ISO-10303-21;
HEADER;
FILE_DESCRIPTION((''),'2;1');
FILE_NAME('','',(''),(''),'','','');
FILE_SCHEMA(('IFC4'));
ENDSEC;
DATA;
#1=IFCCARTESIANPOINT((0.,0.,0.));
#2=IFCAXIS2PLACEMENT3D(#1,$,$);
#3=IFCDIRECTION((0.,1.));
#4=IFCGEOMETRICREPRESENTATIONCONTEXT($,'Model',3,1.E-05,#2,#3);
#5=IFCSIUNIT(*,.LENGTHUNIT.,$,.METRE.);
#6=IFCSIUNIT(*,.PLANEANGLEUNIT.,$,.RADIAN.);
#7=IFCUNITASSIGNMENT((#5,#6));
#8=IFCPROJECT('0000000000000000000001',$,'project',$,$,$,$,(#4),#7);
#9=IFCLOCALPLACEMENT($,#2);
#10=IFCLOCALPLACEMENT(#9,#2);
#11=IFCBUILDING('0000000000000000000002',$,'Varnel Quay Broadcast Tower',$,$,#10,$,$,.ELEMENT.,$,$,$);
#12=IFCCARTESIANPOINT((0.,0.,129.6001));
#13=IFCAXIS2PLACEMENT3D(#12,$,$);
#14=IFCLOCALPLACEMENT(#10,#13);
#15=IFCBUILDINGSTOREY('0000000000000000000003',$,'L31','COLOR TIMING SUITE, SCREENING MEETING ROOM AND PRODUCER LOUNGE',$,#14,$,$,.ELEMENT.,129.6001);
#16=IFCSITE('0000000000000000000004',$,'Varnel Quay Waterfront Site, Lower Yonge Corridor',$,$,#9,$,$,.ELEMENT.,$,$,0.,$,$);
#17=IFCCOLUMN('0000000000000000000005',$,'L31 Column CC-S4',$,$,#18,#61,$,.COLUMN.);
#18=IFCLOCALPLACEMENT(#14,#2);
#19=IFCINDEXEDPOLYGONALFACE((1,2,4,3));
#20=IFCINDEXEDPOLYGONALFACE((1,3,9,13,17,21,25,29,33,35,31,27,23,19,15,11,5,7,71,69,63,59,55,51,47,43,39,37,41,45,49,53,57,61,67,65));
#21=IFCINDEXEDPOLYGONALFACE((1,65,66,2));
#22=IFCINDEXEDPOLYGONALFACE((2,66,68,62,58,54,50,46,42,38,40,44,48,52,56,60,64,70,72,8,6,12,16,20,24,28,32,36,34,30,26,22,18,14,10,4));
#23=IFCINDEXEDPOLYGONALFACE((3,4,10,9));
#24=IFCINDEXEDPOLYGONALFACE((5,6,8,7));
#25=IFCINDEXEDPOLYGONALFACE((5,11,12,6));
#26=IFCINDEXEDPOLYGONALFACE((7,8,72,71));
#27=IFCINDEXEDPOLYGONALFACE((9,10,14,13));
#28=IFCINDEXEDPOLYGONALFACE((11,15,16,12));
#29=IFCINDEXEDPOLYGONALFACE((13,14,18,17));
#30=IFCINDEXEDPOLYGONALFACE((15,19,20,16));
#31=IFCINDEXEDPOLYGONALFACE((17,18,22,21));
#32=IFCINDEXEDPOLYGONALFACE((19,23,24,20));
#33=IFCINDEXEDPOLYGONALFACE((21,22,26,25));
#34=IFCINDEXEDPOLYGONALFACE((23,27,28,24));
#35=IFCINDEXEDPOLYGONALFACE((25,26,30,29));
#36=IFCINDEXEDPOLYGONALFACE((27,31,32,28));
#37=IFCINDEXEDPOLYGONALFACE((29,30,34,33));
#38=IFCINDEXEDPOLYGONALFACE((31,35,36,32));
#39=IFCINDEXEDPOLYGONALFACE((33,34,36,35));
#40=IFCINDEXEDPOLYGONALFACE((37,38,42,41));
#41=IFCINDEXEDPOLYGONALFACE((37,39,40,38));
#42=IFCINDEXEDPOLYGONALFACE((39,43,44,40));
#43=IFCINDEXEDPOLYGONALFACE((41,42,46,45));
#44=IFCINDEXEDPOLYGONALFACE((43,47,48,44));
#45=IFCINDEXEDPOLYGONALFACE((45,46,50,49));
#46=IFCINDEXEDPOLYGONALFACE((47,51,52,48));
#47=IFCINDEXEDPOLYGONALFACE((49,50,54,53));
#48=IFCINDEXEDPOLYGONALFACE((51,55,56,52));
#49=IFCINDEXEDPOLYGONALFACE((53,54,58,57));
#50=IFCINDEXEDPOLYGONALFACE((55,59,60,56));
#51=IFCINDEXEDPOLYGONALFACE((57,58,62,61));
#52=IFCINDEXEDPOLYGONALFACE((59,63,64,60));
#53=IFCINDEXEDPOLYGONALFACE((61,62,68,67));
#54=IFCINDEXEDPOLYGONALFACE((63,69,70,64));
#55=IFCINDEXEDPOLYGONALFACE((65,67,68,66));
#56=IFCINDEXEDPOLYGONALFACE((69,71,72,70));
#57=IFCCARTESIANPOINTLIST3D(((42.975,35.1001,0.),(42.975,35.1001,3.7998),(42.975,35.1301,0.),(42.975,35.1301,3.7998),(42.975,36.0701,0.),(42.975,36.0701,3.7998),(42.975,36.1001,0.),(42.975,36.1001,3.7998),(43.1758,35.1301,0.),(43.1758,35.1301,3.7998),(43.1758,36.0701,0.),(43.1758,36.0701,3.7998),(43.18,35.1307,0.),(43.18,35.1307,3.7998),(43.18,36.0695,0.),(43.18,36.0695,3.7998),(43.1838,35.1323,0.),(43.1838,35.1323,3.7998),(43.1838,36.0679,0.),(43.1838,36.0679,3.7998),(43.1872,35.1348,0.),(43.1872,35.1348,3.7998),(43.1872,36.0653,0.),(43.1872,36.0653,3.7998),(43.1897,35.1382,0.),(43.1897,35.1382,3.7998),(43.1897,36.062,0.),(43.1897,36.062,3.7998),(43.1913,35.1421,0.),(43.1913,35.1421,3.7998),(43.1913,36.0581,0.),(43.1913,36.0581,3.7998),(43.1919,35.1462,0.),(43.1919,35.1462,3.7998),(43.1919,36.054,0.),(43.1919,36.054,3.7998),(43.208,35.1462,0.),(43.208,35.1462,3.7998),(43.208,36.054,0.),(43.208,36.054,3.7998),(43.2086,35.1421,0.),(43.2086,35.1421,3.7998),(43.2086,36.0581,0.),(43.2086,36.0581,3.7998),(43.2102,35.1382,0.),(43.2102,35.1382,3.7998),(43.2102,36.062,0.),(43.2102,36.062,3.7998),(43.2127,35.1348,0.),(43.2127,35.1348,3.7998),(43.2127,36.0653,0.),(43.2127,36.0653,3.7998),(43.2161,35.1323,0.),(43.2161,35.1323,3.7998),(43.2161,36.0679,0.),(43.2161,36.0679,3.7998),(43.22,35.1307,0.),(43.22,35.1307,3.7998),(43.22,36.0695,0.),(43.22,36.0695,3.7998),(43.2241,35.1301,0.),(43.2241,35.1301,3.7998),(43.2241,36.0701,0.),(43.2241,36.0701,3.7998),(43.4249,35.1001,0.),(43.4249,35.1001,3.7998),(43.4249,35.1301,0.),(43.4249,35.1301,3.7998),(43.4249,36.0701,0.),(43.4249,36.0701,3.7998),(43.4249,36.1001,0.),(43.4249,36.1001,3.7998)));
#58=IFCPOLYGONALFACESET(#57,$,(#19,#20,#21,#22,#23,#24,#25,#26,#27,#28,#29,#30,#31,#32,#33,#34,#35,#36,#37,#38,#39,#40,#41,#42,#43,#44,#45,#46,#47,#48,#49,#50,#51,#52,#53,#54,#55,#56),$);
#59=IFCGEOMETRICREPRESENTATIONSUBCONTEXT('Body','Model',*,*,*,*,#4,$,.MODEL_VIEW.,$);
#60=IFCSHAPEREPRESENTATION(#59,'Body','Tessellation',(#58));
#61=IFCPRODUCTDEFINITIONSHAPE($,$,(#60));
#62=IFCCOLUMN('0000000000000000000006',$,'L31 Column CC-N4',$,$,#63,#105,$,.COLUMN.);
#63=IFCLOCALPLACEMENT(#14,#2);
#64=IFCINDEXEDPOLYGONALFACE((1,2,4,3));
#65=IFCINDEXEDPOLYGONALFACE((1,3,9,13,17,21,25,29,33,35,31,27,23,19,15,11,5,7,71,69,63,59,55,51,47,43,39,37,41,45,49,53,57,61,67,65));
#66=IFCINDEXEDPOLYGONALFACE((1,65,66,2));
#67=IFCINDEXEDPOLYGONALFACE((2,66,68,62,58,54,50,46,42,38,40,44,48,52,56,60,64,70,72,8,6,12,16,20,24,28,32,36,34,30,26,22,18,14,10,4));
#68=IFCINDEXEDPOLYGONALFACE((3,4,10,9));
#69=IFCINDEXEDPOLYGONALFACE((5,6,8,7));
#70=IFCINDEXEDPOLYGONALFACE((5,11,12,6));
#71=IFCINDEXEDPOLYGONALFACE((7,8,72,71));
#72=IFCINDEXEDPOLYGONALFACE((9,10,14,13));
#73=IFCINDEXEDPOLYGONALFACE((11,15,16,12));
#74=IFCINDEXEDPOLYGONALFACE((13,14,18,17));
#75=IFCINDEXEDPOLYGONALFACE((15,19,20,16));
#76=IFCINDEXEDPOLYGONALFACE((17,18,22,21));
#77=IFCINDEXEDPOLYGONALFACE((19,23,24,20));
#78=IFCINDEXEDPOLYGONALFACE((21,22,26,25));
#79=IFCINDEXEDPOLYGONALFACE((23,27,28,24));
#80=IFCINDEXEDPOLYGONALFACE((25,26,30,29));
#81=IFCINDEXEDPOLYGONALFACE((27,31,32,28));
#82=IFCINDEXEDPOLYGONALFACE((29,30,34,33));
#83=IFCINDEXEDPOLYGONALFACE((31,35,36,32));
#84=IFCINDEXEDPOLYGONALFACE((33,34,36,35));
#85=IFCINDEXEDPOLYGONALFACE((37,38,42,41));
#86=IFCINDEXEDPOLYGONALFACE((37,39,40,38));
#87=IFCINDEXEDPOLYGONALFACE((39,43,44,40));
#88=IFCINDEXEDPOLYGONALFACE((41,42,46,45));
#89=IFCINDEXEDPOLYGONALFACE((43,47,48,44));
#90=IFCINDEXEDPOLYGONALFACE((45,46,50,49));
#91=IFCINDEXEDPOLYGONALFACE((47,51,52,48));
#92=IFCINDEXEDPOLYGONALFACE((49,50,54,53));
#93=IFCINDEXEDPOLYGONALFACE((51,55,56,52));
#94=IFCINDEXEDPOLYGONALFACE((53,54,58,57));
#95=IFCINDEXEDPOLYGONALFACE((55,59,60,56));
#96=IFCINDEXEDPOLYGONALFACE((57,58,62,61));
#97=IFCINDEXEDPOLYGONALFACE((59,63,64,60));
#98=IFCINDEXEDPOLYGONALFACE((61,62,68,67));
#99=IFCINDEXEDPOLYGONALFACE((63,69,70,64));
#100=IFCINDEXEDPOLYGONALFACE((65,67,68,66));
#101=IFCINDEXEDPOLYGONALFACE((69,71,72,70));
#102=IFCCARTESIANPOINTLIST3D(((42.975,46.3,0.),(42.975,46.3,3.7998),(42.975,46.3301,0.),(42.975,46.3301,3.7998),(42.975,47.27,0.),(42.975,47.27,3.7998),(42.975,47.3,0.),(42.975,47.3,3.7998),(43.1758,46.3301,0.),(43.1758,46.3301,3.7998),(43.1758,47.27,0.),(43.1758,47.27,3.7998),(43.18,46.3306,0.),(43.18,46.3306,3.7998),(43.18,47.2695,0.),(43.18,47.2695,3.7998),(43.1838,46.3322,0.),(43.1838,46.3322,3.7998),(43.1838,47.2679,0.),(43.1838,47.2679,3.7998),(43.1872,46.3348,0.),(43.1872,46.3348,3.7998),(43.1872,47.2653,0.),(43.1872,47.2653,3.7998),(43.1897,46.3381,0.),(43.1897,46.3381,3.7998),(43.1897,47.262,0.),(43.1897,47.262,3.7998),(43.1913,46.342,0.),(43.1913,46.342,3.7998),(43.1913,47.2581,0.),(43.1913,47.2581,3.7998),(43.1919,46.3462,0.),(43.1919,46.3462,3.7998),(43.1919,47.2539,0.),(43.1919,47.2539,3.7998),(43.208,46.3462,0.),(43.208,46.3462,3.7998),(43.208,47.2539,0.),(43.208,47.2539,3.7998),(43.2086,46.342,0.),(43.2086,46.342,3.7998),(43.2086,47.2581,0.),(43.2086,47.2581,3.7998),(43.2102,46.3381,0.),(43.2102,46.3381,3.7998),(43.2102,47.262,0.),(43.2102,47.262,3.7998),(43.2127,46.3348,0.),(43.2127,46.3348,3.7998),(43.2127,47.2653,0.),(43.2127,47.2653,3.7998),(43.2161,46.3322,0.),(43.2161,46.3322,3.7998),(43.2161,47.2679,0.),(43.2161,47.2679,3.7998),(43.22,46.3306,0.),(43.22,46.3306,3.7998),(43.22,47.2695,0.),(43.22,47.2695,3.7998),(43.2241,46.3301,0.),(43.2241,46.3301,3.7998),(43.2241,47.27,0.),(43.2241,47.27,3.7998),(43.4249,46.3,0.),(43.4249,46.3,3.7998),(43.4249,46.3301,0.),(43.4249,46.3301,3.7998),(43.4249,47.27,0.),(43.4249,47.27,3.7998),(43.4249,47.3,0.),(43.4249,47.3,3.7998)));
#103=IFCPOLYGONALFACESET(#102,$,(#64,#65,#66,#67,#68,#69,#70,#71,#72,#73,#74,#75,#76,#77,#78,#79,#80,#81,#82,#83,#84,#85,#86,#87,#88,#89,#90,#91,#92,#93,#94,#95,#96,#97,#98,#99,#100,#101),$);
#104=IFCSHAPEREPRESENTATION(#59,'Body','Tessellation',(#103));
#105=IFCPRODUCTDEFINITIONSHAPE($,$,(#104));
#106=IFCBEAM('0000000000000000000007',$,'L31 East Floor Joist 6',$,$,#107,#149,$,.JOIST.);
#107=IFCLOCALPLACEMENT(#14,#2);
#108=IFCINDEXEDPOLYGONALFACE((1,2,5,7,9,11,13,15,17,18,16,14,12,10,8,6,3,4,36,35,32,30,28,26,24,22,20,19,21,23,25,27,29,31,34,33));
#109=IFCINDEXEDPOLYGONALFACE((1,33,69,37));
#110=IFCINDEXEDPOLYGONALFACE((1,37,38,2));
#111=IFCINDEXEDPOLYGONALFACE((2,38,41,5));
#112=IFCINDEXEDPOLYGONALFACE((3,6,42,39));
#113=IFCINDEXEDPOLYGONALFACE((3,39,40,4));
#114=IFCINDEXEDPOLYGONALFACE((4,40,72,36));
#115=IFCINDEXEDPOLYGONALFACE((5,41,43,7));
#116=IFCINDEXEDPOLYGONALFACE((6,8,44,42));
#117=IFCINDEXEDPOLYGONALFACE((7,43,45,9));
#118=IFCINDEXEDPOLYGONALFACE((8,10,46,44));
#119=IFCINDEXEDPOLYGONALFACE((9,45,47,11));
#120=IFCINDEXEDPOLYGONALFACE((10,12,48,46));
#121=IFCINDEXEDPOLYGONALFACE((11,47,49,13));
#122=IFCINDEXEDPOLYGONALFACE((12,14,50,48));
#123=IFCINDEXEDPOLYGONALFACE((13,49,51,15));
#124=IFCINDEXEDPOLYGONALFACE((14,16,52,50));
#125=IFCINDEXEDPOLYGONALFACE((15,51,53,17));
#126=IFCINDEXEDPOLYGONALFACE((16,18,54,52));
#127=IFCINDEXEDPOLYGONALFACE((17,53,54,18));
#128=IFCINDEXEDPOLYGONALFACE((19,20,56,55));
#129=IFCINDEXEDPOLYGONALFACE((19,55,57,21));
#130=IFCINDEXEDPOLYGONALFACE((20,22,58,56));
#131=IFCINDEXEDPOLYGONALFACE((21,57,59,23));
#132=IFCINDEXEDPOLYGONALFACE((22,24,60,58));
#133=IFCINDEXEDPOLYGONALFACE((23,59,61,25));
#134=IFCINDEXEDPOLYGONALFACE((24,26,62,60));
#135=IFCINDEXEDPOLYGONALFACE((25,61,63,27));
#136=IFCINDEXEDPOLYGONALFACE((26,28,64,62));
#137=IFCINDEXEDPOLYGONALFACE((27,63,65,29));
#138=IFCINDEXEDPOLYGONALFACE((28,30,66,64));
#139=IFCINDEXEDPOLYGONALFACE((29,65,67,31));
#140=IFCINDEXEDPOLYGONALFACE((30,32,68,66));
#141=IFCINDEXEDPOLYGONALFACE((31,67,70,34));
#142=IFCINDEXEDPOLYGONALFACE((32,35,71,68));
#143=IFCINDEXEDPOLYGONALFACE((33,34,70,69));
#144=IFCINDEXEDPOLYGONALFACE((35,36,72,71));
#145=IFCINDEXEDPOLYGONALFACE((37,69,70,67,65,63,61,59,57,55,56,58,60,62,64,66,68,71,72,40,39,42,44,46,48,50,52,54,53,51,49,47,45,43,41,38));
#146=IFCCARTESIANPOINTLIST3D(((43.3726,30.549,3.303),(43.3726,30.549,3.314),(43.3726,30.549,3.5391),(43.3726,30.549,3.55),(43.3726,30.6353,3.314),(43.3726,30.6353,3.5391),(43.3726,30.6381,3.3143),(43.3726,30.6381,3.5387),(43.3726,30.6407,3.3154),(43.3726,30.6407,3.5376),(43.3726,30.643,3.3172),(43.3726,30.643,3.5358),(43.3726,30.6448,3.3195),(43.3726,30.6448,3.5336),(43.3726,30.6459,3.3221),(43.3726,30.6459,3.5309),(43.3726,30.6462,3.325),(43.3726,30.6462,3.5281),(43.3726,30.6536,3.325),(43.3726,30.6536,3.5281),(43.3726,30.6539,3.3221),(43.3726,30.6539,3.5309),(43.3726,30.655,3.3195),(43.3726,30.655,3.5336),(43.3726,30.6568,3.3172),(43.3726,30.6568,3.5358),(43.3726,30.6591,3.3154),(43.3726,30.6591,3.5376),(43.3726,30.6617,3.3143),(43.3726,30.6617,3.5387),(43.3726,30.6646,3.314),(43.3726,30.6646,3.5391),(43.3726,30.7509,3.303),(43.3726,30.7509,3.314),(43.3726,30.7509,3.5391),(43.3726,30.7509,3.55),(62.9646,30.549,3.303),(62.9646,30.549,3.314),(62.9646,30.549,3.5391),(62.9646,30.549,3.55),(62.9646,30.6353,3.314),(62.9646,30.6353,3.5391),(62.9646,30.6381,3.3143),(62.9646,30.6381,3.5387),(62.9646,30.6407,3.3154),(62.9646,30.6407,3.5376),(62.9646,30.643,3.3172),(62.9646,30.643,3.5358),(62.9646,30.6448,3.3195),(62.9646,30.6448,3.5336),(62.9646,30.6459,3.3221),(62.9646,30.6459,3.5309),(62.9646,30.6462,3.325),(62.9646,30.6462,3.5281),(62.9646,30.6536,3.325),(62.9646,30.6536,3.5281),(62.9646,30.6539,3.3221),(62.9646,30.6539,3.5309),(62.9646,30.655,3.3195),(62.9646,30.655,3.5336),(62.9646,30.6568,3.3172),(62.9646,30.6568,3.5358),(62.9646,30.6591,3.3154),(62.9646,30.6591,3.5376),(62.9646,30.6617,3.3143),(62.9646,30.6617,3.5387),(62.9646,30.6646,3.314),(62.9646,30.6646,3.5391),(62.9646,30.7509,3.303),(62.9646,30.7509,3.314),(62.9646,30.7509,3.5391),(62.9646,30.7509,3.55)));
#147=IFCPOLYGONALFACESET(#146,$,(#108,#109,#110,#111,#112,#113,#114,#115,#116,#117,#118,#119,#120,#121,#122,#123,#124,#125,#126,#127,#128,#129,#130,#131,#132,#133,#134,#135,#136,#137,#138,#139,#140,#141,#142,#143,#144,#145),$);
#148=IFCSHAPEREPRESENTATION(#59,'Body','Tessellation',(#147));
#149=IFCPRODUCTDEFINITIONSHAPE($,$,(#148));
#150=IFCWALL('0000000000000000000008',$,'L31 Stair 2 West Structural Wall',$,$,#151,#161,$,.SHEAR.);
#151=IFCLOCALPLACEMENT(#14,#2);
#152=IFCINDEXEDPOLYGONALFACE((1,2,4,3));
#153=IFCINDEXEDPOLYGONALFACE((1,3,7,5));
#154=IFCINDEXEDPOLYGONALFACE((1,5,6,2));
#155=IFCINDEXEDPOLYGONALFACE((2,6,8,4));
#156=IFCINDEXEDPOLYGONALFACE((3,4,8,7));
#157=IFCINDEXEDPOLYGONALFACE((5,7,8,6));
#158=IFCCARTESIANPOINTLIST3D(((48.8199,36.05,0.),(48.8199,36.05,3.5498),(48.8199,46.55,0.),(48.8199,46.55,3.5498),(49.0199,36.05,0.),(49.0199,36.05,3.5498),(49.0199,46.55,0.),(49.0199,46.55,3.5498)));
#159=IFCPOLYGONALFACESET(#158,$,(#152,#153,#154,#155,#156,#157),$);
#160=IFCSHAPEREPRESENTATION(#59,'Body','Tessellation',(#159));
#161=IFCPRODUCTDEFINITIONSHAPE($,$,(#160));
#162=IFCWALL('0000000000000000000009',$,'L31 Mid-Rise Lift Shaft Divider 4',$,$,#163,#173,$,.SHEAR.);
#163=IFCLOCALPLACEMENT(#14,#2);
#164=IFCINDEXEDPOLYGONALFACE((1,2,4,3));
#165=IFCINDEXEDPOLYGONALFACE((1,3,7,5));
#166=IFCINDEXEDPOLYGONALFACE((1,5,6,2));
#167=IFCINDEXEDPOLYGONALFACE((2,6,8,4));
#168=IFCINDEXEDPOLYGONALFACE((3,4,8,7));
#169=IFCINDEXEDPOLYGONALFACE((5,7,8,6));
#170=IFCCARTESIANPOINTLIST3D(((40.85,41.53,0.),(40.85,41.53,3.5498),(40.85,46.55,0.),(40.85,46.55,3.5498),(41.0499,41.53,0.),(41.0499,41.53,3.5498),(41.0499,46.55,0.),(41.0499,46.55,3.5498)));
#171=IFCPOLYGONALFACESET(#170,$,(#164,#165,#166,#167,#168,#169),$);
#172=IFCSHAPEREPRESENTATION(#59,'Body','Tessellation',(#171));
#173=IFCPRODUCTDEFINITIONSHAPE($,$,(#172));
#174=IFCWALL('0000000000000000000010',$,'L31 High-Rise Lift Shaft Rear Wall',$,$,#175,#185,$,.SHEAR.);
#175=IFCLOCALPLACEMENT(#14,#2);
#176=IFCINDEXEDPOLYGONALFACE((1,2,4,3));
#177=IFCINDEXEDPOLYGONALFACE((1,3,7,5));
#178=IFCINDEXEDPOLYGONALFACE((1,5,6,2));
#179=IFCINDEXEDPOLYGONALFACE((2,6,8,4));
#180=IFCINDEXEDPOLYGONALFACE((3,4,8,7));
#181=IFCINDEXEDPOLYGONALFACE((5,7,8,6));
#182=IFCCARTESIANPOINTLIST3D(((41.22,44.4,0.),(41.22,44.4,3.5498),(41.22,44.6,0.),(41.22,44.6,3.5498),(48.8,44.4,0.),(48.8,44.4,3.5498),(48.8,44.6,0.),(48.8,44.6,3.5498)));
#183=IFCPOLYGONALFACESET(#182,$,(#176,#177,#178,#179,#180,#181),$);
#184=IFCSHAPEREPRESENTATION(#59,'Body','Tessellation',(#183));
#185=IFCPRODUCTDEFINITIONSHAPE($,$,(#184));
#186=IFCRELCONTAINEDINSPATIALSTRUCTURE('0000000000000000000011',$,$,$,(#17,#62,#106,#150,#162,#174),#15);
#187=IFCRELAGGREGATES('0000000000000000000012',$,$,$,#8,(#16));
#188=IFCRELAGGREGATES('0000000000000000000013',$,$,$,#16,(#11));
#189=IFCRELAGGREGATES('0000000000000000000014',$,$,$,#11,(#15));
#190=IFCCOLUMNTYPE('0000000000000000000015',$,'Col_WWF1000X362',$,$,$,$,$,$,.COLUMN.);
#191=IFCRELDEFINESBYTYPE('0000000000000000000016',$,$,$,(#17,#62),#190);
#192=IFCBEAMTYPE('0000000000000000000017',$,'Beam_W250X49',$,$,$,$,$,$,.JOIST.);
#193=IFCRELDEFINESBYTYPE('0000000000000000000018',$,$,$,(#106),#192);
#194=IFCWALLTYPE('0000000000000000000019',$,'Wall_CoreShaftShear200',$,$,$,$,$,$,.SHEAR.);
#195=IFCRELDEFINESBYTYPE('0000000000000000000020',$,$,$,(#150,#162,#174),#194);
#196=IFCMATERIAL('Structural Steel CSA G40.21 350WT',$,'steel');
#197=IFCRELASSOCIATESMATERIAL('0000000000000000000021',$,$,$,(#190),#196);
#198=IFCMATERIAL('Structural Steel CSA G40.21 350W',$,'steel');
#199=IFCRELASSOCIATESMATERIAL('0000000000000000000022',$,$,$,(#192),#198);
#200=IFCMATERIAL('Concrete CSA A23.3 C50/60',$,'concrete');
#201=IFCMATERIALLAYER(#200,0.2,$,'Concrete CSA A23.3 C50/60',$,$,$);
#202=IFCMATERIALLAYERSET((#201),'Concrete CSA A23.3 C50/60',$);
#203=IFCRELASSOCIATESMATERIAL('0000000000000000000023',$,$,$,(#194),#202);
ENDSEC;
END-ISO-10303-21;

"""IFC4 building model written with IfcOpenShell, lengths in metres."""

from ifc_helpers import new_model, si_unit, direction, frame, frame_2d, origin, origin_2d, place, context, subcontext, project, spatial, rectangle, i_section, extrude, source, transform, mapped, material, layer, layer_set, material_profile, profile_set, type_object, type_shapes, element, save


model = new_model("IFC4")

# Units and contexts
model_context = context("Model", 3, precision=1e-05, world=origin(), true_north=direction((0.0, 1.0)))
body_context = subcontext(model_context, "Body", "Model", "MODEL_VIEW")
ifc_project = project(units=[si_unit("LENGTHUNIT", "METRE"), si_unit("PLANEANGLEUNIT", "RADIAN")], contexts=[model_context])

# Site, building, storey
site_placement = place(None, origin())
site = spatial("IfcSite", under=ifc_project, at=site_placement, Name="Varnel Quay Waterfront Site, Lower Yonge Corridor", CompositionType="ELEMENT", RefElevation=0.0)
building_placement = place(site_placement, origin())
building = spatial("IfcBuilding", under=site, at=building_placement, Name="Varnel Quay Broadcast Tower", CompositionType="ELEMENT")
storey_placement = place(building_placement, frame((0.0, 0.0, 129.6001)))
storey = spatial("IfcBuildingStorey", under=building, at=storey_placement, Name="L31", Description="COLOR TIMING SUITE, SCREENING MEETING ROOM AND PRODUCER LOUNGE", CompositionType="ELEMENT", Elevation=129.6001)

# Columns
ifc_material_1 = material(Name="Structural Steel CSA G40.21 350WT", Category="steel")
ifc_material_profile_1 = material_profile(ifc_material_1, i_section(OverallWidth=0.45, OverallDepth=1.0, WebThickness=0.0161, FlangeThickness=0.03, FilletRadius=0.0161, at=origin_2d()), Name="WWF1000X362")
ifc_profile_set_1 = profile_set([ifc_material_profile_1], Name="Structural Steel CSA G40.21 350WT")
column_type = type_object("IfcColumnType", Name="Col_WWF1000X362", PredefinedType="COLUMN", material=ifc_profile_set_1)
shared_shape_1 = source(origin(), body_context, "Body", "SweptSolid", [
    extrude(i_section(OverallWidth=0.45, OverallDepth=1.0, WebThickness=0.0161, FlangeThickness=0.03, FilletRadius=0.0161, at=origin_2d()), origin(), (0.0, 0.0, 1.0), 3.7998),
])
type_shapes(column_type, [shared_shape_1])
for number, where, z_axis, x_axis, name in (
    (1, (43.2, 35.6001, 0.0), (0.0, 0.0, 1.0), (1.0, 0.0, 0.0), "L31 Column CC-S4"),
    (2, (43.2, 46.8, 0.0), (0.0, 0.0, 1.0), (1.0, 0.0, 0.0), "L31 Column CC-N4"),
):
    element("IfcColumn", number, at=place(storey_placement, frame(where, z_axis=z_axis, x_axis=x_axis)), inside=storey, type_object=column_type, Name=name, PredefinedType="COLUMN", context=body_context, shape_type="MappedRepresentation", body=[
        mapped(shared_shape_1, transform((0.0, 0.0, 0.0), x_axis=(1.0, 0.0, 0.0), y_axis=(0.0, 1.0, 0.0), z_axis=(0.0, 0.0, 1.0), scale=1.0)),
    ])

# Beam
ifc_material_2 = material(Name="Structural Steel CSA G40.21 350W", Category="steel")
ifc_material_profile_2 = material_profile(ifc_material_2, i_section(OverallWidth=0.2019, OverallDepth=0.2471, WebThickness=0.0073, FlangeThickness=0.011, FilletRadius=0.011, at=origin_2d()), Name="W250X49")
ifc_profile_set_2 = profile_set([ifc_material_profile_2], Name="Structural Steel CSA G40.21 350W")
beam_type = type_object("IfcBeamType", Name="Beam_W250X49", PredefinedType="JOIST", material=ifc_profile_set_2)
shared_shape_2 = source(origin(), body_context, "Body", "SweptSolid", [
    extrude(i_section(OverallWidth=0.2019, OverallDepth=0.2471, WebThickness=0.0073, FlangeThickness=0.011, FilletRadius=0.011, at=origin_2d()), origin(), (0.0, 0.0, 1.0), 19.592),
])
type_shapes(beam_type, [shared_shape_2])
beam_placement = place(storey_placement, frame((43.3726, 30.6499, 3.4265), z_axis=(1.0, 0.0, 0.0), x_axis=(0.0, 1.0, 0.0)))
element("IfcBeam", 3, at=beam_placement, inside=storey, type_object=beam_type, Name="L31 East Floor Joist 6", PredefinedType="JOIST", context=body_context, shape_type="MappedRepresentation", body=[
    mapped(shared_shape_2, transform((0.0, 0.0, 0.0), x_axis=(1.0, 0.0, 0.0), y_axis=(0.0, 1.0, 0.0), z_axis=(0.0, 0.0, 1.0), scale=1.0)),
])

# Walls
ifc_material_3 = material(Name="Concrete CSA A23.3 C50/60", Category="concrete")
ifc_layer_1 = layer(ifc_material_3, 0.2, Name="Concrete CSA A23.3 C50/60")
ifc_layer_set_1 = layer_set([ifc_layer_1], Name="Concrete CSA A23.3 C50/60")
wall_type_1 = type_object("IfcWallType", Name="Wall_CoreShaftShear200", PredefinedType="SHEAR", material=ifc_layer_set_1)
wall_1_placement = place(storey_placement, frame((48.9199, 36.05, 0.0), z_axis=(0.0, 0.0, 1.0), x_axis=(0.0, 1.0, 0.0)))
element("IfcWall", 4, at=wall_1_placement, inside=storey, type_object=wall_type_1, Name="L31 Stair 2 West Structural Wall", PredefinedType="SHEAR", context=body_context, shape_type="SweptSolid", body=[
    extrude(rectangle(XDim=10.5, YDim=0.2, at=frame_2d((5.25, 0.0))), origin(), (0.0, 0.0, 1.0), 3.5498),
])
wall_2_placement = place(storey_placement, frame((40.95, 41.53, 0.0), z_axis=(0.0, 0.0, 1.0), x_axis=(0.0, 1.0, 0.0)))
element("IfcWall", 5, at=wall_2_placement, inside=storey, type_object=wall_type_1, Name="L31 Mid-Rise Lift Shaft Divider 4", PredefinedType="SHEAR", context=body_context, shape_type="SweptSolid", body=[
    extrude(rectangle(XDim=5.02, YDim=0.2, at=frame_2d((2.51, 0.0))), origin(), (0.0, 0.0, 1.0), 3.5498),
])
wall_3_placement = place(storey_placement, frame((41.22, 44.5, 0.0), z_axis=(0.0, 0.0, 1.0), x_axis=(1.0, 0.0, 0.0)))
element("IfcWall", 6, at=wall_3_placement, inside=storey, type_object=wall_type_1, Name="L31 High-Rise Lift Shaft Rear Wall", PredefinedType="SHEAR", context=body_context, shape_type="SweptSolid", body=[
    extrude(rectangle(XDim=7.5801, YDim=0.2, at=frame_2d((3.79, 0.0))), origin(), (0.0, 0.0, 1.0), 3.5498),
])

save(model, "model.ifc")
